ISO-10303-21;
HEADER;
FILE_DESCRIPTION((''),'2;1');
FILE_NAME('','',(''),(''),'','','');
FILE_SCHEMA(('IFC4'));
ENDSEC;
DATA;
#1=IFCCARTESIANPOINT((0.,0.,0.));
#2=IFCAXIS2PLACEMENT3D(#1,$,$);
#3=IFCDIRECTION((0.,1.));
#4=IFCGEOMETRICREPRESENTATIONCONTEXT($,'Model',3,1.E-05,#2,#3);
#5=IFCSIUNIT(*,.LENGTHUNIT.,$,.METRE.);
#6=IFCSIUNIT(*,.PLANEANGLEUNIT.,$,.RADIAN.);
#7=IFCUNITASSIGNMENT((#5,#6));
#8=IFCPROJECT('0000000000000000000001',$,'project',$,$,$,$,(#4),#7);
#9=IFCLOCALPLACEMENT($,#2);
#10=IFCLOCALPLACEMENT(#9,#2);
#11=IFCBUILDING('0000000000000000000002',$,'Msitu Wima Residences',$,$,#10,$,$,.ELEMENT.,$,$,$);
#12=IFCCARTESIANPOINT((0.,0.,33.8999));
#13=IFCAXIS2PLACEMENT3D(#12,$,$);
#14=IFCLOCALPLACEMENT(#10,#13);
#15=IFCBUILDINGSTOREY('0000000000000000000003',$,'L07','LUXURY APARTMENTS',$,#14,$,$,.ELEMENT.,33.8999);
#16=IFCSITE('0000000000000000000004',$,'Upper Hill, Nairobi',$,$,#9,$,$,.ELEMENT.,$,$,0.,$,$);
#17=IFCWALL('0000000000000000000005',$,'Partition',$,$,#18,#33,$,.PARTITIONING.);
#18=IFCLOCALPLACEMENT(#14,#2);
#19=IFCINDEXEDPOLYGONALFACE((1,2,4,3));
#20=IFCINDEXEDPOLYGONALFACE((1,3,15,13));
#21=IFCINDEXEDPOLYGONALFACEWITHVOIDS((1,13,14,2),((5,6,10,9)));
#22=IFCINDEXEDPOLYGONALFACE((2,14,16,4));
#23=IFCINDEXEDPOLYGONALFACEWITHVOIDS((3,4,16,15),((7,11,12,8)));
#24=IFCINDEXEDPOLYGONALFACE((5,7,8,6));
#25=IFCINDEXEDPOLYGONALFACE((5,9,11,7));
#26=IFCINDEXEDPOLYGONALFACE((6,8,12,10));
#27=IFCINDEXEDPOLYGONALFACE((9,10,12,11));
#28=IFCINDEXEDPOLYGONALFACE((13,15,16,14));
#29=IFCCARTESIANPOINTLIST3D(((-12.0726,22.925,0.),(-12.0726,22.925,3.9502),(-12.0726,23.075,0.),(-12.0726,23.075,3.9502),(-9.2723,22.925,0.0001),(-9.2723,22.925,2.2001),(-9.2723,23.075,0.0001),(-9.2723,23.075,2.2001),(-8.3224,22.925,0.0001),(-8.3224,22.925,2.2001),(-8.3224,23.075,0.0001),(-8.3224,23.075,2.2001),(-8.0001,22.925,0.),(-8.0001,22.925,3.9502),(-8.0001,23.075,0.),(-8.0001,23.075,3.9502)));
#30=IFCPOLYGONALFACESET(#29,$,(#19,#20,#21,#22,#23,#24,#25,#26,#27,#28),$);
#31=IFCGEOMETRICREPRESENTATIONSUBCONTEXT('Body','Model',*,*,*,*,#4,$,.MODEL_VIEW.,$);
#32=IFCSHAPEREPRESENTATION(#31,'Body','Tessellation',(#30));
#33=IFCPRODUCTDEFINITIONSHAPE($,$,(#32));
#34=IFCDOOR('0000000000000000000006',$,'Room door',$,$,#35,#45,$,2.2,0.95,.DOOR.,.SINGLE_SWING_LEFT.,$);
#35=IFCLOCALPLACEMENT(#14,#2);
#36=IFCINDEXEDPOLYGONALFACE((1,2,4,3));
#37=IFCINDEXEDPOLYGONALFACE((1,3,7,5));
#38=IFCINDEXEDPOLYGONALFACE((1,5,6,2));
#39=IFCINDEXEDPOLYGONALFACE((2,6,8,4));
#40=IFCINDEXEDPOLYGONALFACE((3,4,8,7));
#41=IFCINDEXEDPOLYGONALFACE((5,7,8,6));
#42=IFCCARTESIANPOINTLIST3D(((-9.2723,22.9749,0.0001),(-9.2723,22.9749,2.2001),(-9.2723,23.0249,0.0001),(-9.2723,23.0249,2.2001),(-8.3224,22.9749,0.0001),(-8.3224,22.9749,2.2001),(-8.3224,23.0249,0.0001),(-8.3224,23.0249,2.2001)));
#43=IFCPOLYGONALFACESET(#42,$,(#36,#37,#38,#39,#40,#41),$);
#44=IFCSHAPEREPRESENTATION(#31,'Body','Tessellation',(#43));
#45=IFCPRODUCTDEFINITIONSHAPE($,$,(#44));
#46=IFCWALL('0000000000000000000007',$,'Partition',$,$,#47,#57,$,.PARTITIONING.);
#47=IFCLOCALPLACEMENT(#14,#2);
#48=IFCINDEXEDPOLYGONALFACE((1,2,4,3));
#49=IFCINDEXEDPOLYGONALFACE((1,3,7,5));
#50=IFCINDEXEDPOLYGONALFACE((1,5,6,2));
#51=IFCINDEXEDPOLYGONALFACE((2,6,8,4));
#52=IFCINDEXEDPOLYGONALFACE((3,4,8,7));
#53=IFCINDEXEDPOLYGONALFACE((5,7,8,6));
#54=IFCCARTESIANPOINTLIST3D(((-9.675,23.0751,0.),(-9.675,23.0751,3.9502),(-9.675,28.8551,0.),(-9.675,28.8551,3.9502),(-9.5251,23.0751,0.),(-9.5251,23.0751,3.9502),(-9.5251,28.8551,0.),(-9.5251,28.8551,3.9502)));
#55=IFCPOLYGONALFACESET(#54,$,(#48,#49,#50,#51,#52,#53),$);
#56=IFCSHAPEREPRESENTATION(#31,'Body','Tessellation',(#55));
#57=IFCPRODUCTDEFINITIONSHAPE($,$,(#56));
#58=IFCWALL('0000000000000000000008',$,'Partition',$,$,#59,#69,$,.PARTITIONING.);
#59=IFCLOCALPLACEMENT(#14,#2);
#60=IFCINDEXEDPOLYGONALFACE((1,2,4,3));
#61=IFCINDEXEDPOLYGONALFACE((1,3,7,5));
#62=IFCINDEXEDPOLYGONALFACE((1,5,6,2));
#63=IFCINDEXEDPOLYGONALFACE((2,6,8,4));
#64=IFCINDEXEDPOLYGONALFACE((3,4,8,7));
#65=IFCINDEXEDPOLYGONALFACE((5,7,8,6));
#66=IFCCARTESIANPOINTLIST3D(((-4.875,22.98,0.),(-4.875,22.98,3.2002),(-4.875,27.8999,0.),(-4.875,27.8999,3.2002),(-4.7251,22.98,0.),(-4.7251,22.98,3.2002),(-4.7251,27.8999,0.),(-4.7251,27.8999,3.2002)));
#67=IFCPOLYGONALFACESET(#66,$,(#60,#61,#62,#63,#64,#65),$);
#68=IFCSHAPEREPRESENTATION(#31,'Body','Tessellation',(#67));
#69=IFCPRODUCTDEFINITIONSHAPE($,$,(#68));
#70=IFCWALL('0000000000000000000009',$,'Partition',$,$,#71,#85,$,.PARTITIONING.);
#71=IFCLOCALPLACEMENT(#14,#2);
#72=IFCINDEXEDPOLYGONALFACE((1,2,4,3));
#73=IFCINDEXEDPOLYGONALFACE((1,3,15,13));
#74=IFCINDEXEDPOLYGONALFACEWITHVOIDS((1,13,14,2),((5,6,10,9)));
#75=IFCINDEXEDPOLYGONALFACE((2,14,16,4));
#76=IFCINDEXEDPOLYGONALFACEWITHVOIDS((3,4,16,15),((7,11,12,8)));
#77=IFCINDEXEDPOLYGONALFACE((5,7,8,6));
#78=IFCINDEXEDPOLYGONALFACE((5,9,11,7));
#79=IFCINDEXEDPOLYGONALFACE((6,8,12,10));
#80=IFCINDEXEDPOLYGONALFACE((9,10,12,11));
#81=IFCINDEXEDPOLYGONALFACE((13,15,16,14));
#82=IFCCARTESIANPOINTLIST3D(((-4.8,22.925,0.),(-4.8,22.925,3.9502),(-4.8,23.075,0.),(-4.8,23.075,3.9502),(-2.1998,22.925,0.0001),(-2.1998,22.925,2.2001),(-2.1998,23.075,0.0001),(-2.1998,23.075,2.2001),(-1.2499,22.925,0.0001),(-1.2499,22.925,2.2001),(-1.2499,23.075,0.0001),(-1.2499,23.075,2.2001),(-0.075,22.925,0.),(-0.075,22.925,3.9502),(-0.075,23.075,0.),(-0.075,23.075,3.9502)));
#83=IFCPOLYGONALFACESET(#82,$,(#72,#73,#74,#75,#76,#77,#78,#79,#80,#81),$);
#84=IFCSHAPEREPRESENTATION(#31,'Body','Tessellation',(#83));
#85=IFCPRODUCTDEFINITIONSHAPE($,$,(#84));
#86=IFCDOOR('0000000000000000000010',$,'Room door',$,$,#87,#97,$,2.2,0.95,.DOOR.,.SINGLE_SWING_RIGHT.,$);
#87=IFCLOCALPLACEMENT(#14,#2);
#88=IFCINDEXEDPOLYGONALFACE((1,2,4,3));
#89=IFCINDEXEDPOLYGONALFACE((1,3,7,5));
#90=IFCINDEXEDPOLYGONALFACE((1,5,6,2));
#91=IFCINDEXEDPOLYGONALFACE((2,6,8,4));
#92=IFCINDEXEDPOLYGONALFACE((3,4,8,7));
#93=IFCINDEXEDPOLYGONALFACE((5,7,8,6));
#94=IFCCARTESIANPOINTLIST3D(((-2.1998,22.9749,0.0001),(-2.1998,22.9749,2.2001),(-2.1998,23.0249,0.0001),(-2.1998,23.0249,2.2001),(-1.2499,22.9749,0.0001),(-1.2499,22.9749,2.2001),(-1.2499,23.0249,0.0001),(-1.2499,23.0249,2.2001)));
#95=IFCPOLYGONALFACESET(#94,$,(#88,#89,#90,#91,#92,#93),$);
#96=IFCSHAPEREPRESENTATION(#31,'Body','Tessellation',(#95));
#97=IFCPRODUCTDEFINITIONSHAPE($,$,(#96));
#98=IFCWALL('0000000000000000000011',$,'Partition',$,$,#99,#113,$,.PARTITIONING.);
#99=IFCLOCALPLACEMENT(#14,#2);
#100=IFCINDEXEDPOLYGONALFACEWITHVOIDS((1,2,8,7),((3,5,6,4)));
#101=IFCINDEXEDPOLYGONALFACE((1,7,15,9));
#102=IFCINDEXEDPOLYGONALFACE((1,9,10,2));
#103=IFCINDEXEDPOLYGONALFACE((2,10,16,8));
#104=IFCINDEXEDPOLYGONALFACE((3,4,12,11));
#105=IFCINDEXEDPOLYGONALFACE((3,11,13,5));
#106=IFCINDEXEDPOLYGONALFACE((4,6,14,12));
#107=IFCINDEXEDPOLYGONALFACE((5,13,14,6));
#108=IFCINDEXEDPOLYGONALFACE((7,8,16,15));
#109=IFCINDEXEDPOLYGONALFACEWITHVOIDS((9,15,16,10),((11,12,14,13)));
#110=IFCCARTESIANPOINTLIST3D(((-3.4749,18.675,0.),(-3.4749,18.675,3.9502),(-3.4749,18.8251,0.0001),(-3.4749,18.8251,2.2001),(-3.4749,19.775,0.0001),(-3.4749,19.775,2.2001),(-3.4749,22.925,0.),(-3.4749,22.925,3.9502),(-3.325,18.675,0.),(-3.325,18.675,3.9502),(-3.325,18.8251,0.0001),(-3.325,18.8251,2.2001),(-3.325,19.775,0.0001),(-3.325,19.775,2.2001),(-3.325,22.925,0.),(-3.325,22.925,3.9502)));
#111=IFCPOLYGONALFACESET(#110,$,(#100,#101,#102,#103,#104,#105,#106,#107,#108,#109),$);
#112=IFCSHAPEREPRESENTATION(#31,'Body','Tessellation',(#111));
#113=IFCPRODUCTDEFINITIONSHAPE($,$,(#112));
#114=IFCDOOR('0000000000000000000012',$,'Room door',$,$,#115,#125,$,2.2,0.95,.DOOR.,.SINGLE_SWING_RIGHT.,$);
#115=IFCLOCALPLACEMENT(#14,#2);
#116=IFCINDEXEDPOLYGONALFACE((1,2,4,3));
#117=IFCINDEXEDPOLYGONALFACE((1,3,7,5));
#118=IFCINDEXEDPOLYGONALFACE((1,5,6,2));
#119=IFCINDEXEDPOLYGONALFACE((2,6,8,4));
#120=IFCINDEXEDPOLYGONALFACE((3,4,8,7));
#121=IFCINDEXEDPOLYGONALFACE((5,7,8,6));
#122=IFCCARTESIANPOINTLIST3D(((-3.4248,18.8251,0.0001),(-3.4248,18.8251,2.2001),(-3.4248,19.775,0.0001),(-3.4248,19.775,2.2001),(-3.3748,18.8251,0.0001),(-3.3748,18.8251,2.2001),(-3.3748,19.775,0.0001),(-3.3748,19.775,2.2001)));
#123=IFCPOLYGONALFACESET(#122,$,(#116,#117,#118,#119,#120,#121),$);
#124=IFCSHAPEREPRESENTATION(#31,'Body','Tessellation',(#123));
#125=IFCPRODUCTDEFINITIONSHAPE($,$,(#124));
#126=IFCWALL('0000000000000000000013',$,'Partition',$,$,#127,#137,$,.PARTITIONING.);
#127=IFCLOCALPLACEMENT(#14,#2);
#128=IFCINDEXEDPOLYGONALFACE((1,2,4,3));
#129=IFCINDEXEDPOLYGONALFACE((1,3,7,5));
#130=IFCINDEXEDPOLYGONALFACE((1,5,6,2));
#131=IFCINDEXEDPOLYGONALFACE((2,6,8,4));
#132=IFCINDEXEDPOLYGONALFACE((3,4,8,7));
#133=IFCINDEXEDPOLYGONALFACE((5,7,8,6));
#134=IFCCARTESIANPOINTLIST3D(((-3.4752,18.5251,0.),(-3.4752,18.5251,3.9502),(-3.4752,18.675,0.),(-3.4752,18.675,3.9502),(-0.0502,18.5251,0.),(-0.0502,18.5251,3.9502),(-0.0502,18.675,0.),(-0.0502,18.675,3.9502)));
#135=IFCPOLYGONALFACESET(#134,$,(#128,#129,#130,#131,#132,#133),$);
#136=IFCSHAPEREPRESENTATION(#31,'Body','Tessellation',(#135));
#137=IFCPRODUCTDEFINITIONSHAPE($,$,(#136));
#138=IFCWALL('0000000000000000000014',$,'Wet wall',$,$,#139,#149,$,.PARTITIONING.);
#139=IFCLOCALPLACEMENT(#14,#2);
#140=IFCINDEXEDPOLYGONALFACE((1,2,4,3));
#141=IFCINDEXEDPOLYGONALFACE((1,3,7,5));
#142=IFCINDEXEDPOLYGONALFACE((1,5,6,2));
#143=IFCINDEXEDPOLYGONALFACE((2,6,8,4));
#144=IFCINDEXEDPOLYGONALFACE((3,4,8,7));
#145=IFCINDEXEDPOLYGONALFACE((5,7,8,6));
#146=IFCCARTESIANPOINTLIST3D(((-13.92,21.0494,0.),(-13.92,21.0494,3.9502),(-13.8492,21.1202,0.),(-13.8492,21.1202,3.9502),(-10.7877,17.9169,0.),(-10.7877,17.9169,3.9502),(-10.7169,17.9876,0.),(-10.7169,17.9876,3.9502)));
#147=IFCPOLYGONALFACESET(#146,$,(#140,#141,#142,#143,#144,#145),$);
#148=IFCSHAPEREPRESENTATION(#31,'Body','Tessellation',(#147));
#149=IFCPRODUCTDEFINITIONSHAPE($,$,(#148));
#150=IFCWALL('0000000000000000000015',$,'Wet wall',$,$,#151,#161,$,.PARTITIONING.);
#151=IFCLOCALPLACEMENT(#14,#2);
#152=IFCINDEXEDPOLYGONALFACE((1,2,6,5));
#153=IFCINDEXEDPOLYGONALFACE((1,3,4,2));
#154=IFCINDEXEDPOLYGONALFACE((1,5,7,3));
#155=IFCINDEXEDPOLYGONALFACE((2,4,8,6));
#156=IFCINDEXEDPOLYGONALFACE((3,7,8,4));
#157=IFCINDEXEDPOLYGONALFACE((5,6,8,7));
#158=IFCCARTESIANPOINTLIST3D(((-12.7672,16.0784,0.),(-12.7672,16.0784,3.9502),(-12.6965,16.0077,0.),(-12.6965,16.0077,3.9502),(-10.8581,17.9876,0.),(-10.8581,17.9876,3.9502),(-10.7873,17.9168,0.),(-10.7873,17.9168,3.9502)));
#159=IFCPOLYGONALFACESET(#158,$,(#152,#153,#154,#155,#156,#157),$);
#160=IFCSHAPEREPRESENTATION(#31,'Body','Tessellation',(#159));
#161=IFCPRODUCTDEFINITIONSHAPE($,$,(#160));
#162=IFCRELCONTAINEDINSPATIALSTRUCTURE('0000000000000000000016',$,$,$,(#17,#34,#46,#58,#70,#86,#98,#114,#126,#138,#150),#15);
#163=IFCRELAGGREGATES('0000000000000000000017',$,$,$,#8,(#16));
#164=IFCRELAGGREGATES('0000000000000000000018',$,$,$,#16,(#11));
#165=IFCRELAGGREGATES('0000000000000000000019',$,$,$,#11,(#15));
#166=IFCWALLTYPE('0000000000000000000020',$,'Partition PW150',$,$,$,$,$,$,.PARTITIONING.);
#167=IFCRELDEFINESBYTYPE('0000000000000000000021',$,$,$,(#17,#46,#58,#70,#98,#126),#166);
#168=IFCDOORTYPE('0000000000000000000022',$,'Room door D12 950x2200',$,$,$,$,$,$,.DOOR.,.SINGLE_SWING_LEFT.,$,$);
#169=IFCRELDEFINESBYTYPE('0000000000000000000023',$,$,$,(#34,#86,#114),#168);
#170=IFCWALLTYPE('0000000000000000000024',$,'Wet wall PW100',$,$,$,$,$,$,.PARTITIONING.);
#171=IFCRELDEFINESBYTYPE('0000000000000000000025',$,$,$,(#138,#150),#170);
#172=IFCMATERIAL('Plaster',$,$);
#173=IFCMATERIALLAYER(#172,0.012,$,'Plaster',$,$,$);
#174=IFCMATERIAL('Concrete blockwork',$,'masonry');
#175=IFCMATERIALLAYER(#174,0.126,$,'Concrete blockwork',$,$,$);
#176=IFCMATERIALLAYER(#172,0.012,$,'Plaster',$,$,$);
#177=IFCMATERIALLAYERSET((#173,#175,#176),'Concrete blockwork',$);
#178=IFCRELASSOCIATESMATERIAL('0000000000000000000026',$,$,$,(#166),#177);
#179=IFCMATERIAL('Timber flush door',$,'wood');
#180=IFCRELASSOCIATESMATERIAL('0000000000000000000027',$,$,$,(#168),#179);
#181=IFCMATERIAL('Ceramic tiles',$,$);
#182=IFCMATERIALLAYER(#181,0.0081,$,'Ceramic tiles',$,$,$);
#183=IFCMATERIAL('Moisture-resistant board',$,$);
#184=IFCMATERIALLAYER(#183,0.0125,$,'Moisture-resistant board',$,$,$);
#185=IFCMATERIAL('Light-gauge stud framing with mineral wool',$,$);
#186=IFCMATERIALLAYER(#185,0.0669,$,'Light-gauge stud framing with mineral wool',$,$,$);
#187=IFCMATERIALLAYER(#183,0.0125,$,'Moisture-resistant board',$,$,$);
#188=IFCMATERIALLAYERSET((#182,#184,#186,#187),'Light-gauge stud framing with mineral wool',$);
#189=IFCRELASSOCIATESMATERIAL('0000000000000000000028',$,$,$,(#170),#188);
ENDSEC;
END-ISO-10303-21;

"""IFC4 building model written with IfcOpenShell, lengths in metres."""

from ifc_helpers import new_model, si_unit, direction, frame, frame_2d, origin, place, context, subcontext, project, spatial, rectangle, extrude, material, layer, layer_set, type_object, element, fill, save


model = new_model("IFC4")

# Units and contexts
model_context = context("Model", 3, precision=1e-05, world=origin(), true_north=direction((0.0, 1.0)))
body_context = subcontext(model_context, "Body", "Model", "MODEL_VIEW")
ifc_project = project(units=[si_unit("LENGTHUNIT", "METRE"), si_unit("PLANEANGLEUNIT", "RADIAN")], contexts=[model_context])

# Site, building, storey
site_placement = place(None, origin())
site = spatial("IfcSite", under=ifc_project, at=site_placement, Name="Upper Hill, Nairobi", CompositionType="ELEMENT", RefElevation=0.0)
building_placement = place(site_placement, origin())
building = spatial("IfcBuilding", under=site, at=building_placement, Name="Msitu Wima Residences", CompositionType="ELEMENT")
storey_placement = place(building_placement, frame((0.0, 0.0, 33.8999)))
storey = spatial("IfcBuildingStorey", under=building, at=storey_placement, Name="L07", Description="LUXURY APARTMENTS", CompositionType="ELEMENT", Elevation=33.8999)

# Wall, opening, door
ifc_material_1 = material(Name="Plaster")
ifc_layer_1 = layer(ifc_material_1, 0.012, Name="Plaster")
ifc_material_2 = material(Name="Concrete blockwork", Category="masonry")
ifc_layer_2 = layer(ifc_material_2, 0.126, Name="Concrete blockwork")
ifc_layer_3 = layer(ifc_material_1, 0.012, Name="Plaster")
ifc_layer_set_1 = layer_set([ifc_layer_1, ifc_layer_2, ifc_layer_3], Name="Concrete blockwork")
wall_type_1 = type_object("IfcWallType", Name="Partition PW150", PredefinedType="PARTITIONING", material=ifc_layer_set_1)
ifc_material_3 = material(Name="Timber flush door", Category="wood")
door_type_1 = type_object("IfcDoorType", Name="Room door D12 950x2200", OperationType="SINGLE_SWING_LEFT", PredefinedType="DOOR", material=ifc_material_3)
wall_1_placement = place(storey_placement, frame((-12.0725, 23.0, 0.0), z_axis=(0.0, 0.0, 1.0), x_axis=(1.0, 0.0, 0.0)))
wall_1 = element("IfcWall", 1, at=wall_1_placement, inside=storey, type_object=wall_type_1, Name="Partition", PredefinedType="PARTITIONING", context=body_context, shape_type="SweptSolid", body=[
    extrude(rectangle(XDim=4.0725, YDim=0.1499, at=frame_2d((2.0361, 0.0))), origin(), (0.0, 0.0, 1.0), 3.9502),
])
opening_1_placement = place(wall_1_placement, frame((2.8, 0.0, 0.0)))
opening_1 = element("IfcOpeningElement", 2, at=opening_1_placement, cuts=wall_1, PredefinedType="OPENING", context=body_context, shape_type="SweptSolid", body=[
    extrude(rectangle(XDim=0.95, YDim=2.2, at=frame_2d((0.4751, 1.1001))), frame((0.0, 0.085, 0.0), z_axis=(0.0, -1.0, 0.0), x_axis=(1.0, 0.0, 0.0)), (0.0, 0.0, 1.0), 0.1699),
])
door_1_placement = place(opening_1_placement, origin())
door_1 = element("IfcDoor", 3, at=door_1_placement, inside=storey, type_object=door_type_1, Name="Room door", OperationType="SINGLE_SWING_LEFT", OverallHeight=2.2, OverallWidth=0.95, PredefinedType="DOOR", context=body_context, shape_type="SweptSolid", body=[
    extrude(rectangle(XDim=0.95, YDim=2.2, at=frame_2d((0.4751, 1.1001))), frame((0.0, 0.0249, 0.0), z_axis=(0.0, -1.0, 0.0), x_axis=(1.0, 0.0, 0.0)), (0.0, 0.0, 1.0), 0.05),
])
fill(opening_1, door_1)

# Walls
wall_2_placement = place(storey_placement, frame((-9.6001, 23.075, 0.0), z_axis=(0.0, 0.0, 1.0), x_axis=(0.0, 1.0, 0.0)))
element("IfcWall", 4, at=wall_2_placement, inside=storey, type_object=wall_type_1, Name="Partition", PredefinedType="PARTITIONING", context=body_context, shape_type="SweptSolid", body=[
    extrude(rectangle(XDim=5.78, YDim=0.1499, at=frame_2d((2.8901, 0.0))), origin(), (0.0, 0.0, 1.0), 3.9502),
])
wall_3_placement = place(storey_placement, frame((-4.8, 22.98, 0.0), z_axis=(0.0, 0.0, 1.0), x_axis=(0.0, 1.0, 0.0)))
element("IfcWall", 5, at=wall_3_placement, inside=storey, type_object=wall_type_1, Name="Partition", PredefinedType="PARTITIONING", context=body_context, shape_type="SweptSolid", body=[
    extrude(rectangle(XDim=4.9199, YDim=0.1499, at=frame_2d((2.46, 0.0))), origin(), (0.0, 0.0, 1.0), 3.2002),
])

# Walls, openings, doors
wall_4_placement = place(storey_placement, frame((-4.8, 23.0, 0.0), z_axis=(0.0, 0.0, 1.0), x_axis=(1.0, 0.0, 0.0)))
wall_4 = element("IfcWall", 6, at=wall_4_placement, inside=storey, type_object=wall_type_1, Name="Partition", PredefinedType="PARTITIONING", context=body_context, shape_type="SweptSolid", body=[
    extrude(rectangle(XDim=4.7251, YDim=0.1499, at=frame_2d((2.3625, 0.0))), origin(), (0.0, 0.0, 1.0), 3.9502),
])
opening_2_placement = place(wall_4_placement, frame((2.6001, 0.0, 0.0)))
opening_2 = element("IfcOpeningElement", 7, at=opening_2_placement, cuts=wall_4, PredefinedType="OPENING", context=body_context, shape_type="SweptSolid", body=[
    extrude(rectangle(XDim=0.95, YDim=2.2, at=frame_2d((0.4751, 1.1001))), frame((0.0, 0.085, 0.0), z_axis=(0.0, -1.0, 0.0), x_axis=(1.0, 0.0, 0.0)), (0.0, 0.0, 1.0), 0.1699),
])
door_2_placement = place(opening_2_placement, origin())
door_2 = element("IfcDoor", 8, at=door_2_placement, inside=storey, type_object=door_type_1, Name="Room door", OperationType="SINGLE_SWING_RIGHT", OverallHeight=2.2, OverallWidth=0.95, PredefinedType="DOOR", context=body_context, shape_type="SweptSolid", body=[
    extrude(rectangle(XDim=0.95, YDim=2.2, at=frame_2d((0.4751, 1.1001))), frame((0.0, 0.0249, 0.0), z_axis=(0.0, -1.0, 0.0), x_axis=(1.0, 0.0, 0.0)), (0.0, 0.0, 1.0), 0.05),
])
fill(opening_2, door_2)
wall_5_placement = place(storey_placement, frame((-3.3999, 18.675, 0.0), z_axis=(0.0, 0.0, 1.0), x_axis=(0.0, 1.0, 0.0)))
wall_5 = element("IfcWall", 9, at=wall_5_placement, inside=storey, type_object=wall_type_1, Name="Partition", PredefinedType="PARTITIONING", context=body_context, shape_type="SweptSolid", body=[
    extrude(rectangle(XDim=4.25, YDim=0.1499, at=frame_2d((2.125, 0.0))), origin(), (0.0, 0.0, 1.0), 3.9502),
])
opening_3_placement = place(wall_5_placement, frame((0.1499, 0.0, 0.0)))
opening_3 = element("IfcOpeningElement", 10, at=opening_3_placement, cuts=wall_5, PredefinedType="OPENING", context=body_context, shape_type="SweptSolid", body=[
    extrude(rectangle(XDim=0.95, YDim=2.2, at=frame_2d((0.4751, 1.1001))), frame((0.0, 0.085, 0.0), z_axis=(0.0, -1.0, 0.0), x_axis=(1.0, 0.0, 0.0)), (0.0, 0.0, 1.0), 0.1699),
])
door_3_placement = place(opening_3_placement, origin())
door_3 = element("IfcDoor", 11, at=door_3_placement, inside=storey, type_object=door_type_1, Name="Room door", OperationType="SINGLE_SWING_RIGHT", OverallHeight=2.2, OverallWidth=0.95, PredefinedType="DOOR", context=body_context, shape_type="SweptSolid", body=[
    extrude(rectangle(XDim=0.95, YDim=2.2, at=frame_2d((0.4751, 1.1001))), frame((0.0, 0.0249, 0.0), z_axis=(0.0, -1.0, 0.0), x_axis=(1.0, 0.0, 0.0)), (0.0, 0.0, 1.0), 0.05),
])
fill(opening_3, door_3)

# Walls
wall_6_placement = place(storey_placement, frame((-3.4751, 18.6001, 0.0), z_axis=(0.0, 0.0, 1.0), x_axis=(1.0, 0.0, 0.0)))
element("IfcWall", 12, at=wall_6_placement, inside=storey, type_object=wall_type_1, Name="Partition", PredefinedType="PARTITIONING", context=body_context, shape_type="SweptSolid", body=[
    extrude(rectangle(XDim=3.425, YDim=0.1499, at=frame_2d((1.7124, 0.0))), origin(), (0.0, 0.0, 1.0), 3.9502),
])
ifc_material_4 = material(Name="Ceramic tiles")
ifc_layer_4 = layer(ifc_material_4, 0.0081, Name="Ceramic tiles")
ifc_material_5 = material(Name="Moisture-resistant board")
ifc_layer_5 = layer(ifc_material_5, 0.0125, Name="Moisture-resistant board")
ifc_material_6 = material(Name="Light-gauge stud framing with mineral wool")
ifc_layer_6 = layer(ifc_material_6, 0.0669, Name="Light-gauge stud framing with mineral wool")
ifc_layer_7 = layer(ifc_material_5, 0.0125, Name="Moisture-resistant board")
ifc_layer_set_2 = layer_set([ifc_layer_4, ifc_layer_5, ifc_layer_6, ifc_layer_7], Name="Light-gauge stud framing with mineral wool")
wall_type_2 = type_object("IfcWallType", Name="Wet wall PW100", PredefinedType="PARTITIONING", material=ifc_layer_set_2)
wall_7_placement = place(storey_placement, frame((-13.8845, 21.0847, 0.0), z_axis=(0.0, 0.0, 1.0), x_axis=(0.707079, -0.707134, 0.0)))
element("IfcWall", 13, at=wall_7_placement, inside=storey, type_object=wall_type_2, Name="Wet wall", PredefinedType="PARTITIONING", context=body_context, shape_type="SweptSolid", body=[
    extrude(rectangle(XDim=4.4299, YDim=0.1001, at=frame_2d((2.2148, 0.0))), origin(), (0.0, 0.0, 1.0), 3.9502),
])
wall_8_placement = place(storey_placement, frame((-12.7319, 16.043, 0.0), z_axis=(0.0, 0.0, 1.0), x_axis=(0.707107, 0.707107, 0.0)))
element("IfcWall", 14, at=wall_8_placement, inside=storey, type_object=wall_type_2, Name="Wet wall", PredefinedType="PARTITIONING", context=body_context, shape_type="SweptSolid", body=[
    extrude(rectangle(XDim=2.7, YDim=0.1001, at=frame_2d((1.3501, 0.0))), origin(), (0.0, 0.0, 1.0), 3.9502),
])

save(model, "model.ifc")
